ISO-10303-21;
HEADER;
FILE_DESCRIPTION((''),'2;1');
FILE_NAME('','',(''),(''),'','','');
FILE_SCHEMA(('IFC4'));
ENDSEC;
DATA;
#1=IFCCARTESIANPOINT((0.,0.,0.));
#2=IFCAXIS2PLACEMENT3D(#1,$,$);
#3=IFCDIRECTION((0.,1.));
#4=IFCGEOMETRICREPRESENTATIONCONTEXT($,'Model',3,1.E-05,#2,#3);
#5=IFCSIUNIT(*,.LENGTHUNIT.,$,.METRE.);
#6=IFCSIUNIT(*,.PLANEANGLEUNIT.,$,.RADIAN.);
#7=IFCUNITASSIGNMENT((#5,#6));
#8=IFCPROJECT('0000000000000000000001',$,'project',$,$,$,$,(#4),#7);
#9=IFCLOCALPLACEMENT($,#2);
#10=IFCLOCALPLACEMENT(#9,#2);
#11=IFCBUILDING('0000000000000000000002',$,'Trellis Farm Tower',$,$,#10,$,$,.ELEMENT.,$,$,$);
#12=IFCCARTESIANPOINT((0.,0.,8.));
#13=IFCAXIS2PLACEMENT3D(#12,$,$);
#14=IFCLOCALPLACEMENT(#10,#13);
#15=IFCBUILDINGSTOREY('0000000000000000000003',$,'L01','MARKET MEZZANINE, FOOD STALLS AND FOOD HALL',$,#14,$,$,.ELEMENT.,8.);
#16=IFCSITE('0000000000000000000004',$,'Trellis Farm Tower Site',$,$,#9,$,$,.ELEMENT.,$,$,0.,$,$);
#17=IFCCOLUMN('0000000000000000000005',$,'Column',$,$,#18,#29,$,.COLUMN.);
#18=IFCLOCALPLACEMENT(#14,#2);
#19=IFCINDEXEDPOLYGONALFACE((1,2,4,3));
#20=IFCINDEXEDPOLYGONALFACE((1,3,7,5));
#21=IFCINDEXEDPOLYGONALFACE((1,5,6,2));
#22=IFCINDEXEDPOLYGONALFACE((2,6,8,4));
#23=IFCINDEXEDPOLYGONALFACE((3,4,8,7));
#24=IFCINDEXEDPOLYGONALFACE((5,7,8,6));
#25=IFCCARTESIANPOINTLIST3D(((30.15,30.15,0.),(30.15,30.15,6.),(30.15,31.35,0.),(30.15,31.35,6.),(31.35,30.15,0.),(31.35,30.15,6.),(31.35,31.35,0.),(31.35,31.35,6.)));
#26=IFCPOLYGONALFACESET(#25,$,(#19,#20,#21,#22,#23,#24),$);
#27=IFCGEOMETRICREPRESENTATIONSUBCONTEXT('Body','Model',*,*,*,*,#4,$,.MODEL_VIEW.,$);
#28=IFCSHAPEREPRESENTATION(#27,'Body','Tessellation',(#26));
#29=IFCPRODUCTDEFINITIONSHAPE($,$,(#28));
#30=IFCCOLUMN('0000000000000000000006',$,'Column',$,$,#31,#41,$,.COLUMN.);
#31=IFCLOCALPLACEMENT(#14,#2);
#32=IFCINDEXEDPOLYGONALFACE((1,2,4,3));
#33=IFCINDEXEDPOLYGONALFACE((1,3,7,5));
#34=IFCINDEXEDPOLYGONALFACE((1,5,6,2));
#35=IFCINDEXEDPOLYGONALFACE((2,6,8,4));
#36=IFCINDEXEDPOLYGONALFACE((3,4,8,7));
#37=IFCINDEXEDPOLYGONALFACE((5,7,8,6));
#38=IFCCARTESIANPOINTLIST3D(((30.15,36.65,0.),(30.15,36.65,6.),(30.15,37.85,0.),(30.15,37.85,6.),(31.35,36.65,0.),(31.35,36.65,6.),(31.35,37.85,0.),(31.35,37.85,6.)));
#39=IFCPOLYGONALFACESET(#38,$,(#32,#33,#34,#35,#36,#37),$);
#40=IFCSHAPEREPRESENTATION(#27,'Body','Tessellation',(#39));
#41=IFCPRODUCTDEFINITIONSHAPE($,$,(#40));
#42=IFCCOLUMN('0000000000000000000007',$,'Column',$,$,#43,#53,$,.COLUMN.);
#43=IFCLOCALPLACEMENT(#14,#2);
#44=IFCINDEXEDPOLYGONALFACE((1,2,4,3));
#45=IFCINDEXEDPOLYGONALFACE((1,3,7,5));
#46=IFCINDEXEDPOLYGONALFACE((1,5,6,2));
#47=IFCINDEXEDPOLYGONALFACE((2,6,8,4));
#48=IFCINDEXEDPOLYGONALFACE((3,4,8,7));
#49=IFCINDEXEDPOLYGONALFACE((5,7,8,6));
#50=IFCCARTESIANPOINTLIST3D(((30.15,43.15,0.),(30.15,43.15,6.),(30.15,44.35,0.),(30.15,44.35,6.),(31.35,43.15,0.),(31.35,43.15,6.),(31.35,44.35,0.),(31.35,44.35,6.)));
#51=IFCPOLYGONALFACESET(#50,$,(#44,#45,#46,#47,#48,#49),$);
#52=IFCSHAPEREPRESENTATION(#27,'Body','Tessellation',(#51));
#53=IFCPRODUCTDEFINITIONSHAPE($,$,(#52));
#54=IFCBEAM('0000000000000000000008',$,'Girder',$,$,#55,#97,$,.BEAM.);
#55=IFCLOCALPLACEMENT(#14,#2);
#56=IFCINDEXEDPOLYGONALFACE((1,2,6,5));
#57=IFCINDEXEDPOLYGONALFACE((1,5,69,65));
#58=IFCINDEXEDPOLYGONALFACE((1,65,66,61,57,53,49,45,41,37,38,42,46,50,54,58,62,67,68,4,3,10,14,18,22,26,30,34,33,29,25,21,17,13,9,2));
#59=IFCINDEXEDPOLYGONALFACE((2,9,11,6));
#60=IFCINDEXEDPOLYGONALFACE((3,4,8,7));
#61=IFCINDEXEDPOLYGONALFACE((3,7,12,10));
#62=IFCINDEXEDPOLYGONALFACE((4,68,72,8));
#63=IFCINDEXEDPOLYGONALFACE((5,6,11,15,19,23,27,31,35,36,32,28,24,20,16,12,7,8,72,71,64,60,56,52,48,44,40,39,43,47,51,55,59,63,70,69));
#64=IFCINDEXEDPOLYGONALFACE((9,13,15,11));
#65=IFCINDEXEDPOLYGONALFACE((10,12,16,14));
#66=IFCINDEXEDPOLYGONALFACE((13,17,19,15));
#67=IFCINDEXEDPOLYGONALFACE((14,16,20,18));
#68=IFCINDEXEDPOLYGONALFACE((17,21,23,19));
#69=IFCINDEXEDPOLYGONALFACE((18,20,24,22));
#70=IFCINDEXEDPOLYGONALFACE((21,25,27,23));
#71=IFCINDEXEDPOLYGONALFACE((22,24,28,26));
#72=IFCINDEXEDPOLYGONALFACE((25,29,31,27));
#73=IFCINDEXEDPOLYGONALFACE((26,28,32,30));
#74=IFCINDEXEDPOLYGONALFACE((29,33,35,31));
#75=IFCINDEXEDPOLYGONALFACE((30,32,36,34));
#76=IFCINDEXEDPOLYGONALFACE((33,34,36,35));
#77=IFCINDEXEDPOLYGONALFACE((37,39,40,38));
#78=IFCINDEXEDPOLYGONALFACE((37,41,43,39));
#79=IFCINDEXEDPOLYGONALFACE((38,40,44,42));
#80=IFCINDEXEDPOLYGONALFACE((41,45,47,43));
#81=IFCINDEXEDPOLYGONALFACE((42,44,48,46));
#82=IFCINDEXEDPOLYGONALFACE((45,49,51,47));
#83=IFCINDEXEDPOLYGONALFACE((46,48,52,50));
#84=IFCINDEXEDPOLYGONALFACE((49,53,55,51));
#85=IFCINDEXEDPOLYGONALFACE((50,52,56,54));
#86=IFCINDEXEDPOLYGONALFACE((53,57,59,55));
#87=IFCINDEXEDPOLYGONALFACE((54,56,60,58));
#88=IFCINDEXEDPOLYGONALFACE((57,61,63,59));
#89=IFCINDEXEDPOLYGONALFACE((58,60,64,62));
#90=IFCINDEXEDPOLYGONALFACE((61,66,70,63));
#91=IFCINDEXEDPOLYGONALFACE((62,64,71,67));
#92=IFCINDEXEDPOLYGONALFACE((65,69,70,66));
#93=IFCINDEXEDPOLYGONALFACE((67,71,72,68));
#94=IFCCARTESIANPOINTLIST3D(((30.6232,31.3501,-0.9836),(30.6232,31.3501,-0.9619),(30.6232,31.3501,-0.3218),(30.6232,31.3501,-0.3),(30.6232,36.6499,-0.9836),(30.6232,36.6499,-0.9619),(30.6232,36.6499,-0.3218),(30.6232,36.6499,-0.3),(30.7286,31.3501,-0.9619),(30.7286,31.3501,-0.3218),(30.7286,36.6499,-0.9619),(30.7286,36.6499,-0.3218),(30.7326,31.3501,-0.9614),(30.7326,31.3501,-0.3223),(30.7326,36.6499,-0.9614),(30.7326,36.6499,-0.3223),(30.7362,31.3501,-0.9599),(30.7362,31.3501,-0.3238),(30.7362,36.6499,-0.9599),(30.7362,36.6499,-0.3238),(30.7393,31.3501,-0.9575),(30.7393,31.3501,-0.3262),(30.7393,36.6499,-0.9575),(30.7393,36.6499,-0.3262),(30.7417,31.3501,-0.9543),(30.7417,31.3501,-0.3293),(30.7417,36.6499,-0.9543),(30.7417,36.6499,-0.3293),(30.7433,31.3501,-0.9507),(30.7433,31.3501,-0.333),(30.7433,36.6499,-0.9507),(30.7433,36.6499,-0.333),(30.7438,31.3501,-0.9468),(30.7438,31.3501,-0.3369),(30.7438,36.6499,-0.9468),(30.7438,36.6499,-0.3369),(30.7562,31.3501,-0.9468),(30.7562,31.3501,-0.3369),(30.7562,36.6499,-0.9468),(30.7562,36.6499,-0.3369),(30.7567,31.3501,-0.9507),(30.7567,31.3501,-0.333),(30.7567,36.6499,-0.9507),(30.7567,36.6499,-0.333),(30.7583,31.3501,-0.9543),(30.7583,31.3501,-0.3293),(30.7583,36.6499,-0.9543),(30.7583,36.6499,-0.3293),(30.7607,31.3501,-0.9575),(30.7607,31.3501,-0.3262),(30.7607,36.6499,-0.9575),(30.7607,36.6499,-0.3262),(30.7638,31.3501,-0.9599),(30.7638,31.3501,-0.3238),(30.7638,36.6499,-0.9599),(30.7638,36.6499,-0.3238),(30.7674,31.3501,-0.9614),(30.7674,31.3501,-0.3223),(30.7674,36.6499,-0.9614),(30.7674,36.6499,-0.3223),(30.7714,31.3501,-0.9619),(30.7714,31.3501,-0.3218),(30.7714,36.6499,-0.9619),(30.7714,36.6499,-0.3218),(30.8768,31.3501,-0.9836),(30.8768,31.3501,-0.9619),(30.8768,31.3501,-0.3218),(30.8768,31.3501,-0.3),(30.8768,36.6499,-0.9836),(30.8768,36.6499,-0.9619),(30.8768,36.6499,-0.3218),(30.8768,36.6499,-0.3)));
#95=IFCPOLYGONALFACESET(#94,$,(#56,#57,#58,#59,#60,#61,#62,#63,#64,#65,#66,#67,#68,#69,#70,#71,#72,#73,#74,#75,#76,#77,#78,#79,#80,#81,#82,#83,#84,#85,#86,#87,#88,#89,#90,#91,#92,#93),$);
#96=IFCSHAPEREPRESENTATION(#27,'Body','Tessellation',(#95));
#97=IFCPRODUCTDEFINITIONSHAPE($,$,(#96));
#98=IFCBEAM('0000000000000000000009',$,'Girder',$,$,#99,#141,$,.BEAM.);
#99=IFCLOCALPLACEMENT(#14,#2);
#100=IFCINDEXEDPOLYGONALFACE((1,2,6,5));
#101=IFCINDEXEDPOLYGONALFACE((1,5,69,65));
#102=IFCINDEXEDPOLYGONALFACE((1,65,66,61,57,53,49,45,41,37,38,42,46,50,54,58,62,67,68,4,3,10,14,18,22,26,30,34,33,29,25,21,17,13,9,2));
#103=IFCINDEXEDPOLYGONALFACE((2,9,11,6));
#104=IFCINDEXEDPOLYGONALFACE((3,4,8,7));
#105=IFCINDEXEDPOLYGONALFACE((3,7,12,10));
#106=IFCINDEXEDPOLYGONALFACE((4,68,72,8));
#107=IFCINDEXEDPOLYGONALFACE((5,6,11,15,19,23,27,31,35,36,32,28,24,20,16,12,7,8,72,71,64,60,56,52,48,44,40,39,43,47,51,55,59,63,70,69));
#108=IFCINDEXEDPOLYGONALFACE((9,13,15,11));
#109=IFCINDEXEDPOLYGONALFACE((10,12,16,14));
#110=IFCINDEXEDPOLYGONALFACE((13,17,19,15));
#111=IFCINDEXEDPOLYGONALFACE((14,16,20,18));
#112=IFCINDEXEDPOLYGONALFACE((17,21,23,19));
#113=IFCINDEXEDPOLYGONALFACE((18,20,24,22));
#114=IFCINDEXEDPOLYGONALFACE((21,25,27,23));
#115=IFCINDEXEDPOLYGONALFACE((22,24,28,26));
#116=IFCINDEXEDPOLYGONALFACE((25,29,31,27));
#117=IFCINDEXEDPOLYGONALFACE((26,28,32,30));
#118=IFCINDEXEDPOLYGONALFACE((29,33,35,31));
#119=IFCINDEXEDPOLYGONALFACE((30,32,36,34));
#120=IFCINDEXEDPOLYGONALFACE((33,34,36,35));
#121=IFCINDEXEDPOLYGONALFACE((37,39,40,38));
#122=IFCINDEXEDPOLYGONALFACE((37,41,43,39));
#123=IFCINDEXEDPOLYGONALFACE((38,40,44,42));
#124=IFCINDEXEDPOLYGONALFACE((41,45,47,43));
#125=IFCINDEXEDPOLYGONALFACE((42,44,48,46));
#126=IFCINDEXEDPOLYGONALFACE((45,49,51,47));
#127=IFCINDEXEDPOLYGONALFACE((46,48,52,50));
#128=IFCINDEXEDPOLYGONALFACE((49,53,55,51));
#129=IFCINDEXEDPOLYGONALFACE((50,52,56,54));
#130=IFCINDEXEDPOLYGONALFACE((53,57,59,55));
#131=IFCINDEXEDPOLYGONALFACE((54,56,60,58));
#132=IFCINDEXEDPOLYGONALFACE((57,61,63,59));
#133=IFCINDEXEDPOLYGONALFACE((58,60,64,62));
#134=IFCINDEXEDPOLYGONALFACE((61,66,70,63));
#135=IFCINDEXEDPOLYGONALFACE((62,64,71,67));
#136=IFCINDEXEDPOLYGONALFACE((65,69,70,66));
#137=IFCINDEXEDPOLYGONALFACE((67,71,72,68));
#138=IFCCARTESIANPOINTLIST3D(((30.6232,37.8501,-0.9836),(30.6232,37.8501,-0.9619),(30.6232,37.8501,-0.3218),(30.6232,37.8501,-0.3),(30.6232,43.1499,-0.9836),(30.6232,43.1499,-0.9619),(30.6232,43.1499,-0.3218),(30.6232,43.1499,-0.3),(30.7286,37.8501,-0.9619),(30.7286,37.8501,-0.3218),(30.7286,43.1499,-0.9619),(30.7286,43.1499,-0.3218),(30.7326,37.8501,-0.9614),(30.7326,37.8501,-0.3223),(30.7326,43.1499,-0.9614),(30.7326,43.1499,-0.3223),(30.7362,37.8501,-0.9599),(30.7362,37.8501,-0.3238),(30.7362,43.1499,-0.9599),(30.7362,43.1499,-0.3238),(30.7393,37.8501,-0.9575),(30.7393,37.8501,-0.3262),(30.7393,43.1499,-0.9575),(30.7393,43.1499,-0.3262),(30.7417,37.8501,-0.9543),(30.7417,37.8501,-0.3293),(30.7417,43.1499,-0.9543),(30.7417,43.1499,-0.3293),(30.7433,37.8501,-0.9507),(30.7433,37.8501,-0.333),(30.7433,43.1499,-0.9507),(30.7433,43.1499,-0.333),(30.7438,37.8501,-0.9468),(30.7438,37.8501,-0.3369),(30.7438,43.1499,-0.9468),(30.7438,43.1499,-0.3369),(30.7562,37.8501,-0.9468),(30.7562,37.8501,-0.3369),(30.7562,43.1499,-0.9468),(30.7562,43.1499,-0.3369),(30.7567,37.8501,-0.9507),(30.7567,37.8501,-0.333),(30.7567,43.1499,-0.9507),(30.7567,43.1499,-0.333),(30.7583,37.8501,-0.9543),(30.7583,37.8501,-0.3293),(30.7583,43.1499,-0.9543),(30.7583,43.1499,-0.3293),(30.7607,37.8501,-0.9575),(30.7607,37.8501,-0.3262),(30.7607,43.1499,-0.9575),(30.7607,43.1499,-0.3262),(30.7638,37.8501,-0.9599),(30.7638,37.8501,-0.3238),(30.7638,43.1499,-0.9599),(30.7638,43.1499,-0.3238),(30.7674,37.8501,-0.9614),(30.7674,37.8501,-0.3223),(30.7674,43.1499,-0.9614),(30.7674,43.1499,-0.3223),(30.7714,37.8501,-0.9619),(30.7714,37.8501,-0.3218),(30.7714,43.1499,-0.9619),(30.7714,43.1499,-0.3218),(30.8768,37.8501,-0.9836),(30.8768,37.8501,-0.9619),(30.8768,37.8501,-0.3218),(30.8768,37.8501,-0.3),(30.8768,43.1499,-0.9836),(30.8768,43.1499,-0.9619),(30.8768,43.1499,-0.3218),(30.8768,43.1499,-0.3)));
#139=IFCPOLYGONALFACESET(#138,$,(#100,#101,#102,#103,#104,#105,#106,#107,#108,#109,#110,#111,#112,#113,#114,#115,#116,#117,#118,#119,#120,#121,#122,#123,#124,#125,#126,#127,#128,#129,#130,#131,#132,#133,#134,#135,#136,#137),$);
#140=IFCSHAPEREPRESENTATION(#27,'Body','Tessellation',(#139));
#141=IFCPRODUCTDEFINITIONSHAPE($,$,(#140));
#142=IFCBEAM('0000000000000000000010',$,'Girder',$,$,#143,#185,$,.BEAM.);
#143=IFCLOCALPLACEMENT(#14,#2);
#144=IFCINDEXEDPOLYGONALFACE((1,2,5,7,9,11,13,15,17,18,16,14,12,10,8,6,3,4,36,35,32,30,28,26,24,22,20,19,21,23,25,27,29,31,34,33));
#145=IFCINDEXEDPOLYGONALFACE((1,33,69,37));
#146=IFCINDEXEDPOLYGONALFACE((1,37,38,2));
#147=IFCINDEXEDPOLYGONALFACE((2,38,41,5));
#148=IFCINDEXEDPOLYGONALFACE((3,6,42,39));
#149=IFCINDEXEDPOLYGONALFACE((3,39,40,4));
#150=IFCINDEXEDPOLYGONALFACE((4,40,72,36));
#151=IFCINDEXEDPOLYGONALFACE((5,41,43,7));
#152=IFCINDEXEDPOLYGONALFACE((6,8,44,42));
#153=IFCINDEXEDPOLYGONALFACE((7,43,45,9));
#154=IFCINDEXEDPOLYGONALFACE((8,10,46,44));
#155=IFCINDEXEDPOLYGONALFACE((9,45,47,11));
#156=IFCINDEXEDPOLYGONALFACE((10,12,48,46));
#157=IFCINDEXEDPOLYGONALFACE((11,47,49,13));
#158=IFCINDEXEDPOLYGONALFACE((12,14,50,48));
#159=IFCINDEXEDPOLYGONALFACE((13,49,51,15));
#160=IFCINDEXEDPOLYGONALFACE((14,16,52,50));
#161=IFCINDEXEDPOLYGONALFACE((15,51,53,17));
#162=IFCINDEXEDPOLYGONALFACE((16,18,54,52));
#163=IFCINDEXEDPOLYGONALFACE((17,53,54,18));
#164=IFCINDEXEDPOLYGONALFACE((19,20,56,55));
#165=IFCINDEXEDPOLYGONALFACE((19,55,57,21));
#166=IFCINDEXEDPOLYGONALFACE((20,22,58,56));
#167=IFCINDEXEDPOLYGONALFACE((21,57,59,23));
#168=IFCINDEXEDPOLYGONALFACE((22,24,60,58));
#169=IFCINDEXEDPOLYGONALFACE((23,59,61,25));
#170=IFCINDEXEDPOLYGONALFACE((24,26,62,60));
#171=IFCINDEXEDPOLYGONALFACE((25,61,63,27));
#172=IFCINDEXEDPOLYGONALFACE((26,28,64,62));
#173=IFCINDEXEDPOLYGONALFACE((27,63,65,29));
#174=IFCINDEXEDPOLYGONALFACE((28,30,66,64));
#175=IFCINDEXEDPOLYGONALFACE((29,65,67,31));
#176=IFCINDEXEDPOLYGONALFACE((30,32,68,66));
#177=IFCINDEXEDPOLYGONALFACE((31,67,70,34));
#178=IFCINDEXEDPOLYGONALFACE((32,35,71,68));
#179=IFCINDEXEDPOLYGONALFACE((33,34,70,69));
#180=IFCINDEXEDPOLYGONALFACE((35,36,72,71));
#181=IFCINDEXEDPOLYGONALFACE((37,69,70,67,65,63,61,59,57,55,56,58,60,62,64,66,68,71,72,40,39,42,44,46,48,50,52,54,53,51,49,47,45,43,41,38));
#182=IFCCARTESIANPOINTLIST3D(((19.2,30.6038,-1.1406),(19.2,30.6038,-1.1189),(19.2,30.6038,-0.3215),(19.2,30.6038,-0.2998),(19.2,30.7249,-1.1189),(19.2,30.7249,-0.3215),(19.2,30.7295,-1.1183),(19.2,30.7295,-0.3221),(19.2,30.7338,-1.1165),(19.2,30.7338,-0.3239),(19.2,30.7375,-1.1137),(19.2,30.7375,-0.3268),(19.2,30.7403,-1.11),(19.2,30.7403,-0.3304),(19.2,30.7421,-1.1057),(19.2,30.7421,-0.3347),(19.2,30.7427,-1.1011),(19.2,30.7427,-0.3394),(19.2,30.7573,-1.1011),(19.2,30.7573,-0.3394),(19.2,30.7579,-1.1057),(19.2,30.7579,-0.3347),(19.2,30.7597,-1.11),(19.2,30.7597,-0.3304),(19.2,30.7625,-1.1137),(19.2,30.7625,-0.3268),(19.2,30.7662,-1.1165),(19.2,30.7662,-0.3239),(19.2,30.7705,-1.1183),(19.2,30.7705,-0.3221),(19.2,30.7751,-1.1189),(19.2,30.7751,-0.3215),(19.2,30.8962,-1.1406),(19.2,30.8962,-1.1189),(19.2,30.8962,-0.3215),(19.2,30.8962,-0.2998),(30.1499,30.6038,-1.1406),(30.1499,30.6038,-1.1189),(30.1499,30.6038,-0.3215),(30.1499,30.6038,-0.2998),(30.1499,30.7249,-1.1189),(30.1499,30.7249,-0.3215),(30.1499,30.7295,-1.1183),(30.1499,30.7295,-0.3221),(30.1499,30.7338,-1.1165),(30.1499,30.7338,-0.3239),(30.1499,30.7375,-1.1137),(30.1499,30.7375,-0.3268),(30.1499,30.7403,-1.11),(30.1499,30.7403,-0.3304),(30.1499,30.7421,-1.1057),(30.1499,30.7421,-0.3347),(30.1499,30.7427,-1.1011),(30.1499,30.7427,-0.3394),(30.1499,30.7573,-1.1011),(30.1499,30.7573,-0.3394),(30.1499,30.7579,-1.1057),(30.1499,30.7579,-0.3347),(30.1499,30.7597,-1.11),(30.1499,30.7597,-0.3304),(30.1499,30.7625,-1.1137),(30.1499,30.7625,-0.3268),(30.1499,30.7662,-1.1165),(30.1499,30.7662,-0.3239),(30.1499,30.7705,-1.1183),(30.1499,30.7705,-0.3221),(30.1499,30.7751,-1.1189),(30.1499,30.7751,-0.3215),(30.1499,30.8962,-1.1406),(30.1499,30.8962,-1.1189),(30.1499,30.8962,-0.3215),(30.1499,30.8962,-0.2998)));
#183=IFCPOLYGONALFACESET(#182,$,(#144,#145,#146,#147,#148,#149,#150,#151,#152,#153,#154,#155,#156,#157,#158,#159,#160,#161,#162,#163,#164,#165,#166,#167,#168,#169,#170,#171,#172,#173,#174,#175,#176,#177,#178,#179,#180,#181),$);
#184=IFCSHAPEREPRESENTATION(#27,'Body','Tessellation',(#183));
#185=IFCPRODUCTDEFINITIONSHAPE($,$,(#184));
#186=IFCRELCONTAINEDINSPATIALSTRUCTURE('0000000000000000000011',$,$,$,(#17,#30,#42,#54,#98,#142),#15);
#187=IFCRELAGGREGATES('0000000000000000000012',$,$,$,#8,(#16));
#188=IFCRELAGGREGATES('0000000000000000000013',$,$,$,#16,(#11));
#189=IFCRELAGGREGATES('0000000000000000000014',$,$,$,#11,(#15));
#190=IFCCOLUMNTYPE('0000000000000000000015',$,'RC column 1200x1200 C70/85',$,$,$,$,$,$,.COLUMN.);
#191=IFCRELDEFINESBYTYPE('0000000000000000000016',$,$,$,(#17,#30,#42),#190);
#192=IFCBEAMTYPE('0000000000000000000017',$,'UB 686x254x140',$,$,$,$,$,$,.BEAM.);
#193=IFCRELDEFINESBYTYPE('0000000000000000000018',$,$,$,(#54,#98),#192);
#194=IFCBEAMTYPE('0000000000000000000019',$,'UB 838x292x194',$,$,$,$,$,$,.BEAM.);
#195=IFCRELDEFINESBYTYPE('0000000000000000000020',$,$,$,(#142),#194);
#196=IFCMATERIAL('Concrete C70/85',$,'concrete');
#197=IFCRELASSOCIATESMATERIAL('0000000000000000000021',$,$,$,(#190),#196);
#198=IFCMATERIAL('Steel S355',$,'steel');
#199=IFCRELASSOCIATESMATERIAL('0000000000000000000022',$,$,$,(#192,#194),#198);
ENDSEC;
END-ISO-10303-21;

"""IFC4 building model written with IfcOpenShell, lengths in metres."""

from ifc_helpers import new_model, si_unit, direction, frame, origin, origin_2d, place, context, subcontext, project, spatial, rectangle, i_section, extrude, source, transform, mapped, material, material_profile, profile_set, type_object, element, save


model = new_model("IFC4")

# Units and contexts
model_context = context("Model", 3, precision=1e-05, world=origin(), true_north=direction((0.0, 1.0)))
body_context = subcontext(model_context, "Body", "Model", "MODEL_VIEW")
ifc_project = project(units=[si_unit("LENGTHUNIT", "METRE"), si_unit("PLANEANGLEUNIT", "RADIAN")], contexts=[model_context])

# Site, building, storey
site_placement = place(None, origin())
site = spatial("IfcSite", under=ifc_project, at=site_placement, Name="Trellis Farm Tower Site", CompositionType="ELEMENT", RefElevation=0.0)
building_placement = place(site_placement, origin())
building = spatial("IfcBuilding", under=site, at=building_placement, Name="Trellis Farm Tower", CompositionType="ELEMENT")
storey_placement = place(building_placement, frame((0.0, 0.0, 8.0)))
storey = spatial("IfcBuildingStorey", under=building, at=storey_placement, Name="L01", Description="MARKET MEZZANINE, FOOD STALLS AND FOOD HALL", CompositionType="ELEMENT", Elevation=8.0)

# Columns
ifc_material_1 = material(Name="Concrete C70/85", Category="concrete")
ifc_material_profile_1 = material_profile(ifc_material_1, rectangle(XDim=1.2, YDim=1.2, at=origin_2d()), Name="RC column 1200x1200 C70/85")
ifc_profile_set_1 = profile_set([ifc_material_profile_1], Name="Concrete C70/85")
column_type = type_object("IfcColumnType", Name="RC column 1200x1200 C70/85", PredefinedType="COLUMN", material=ifc_profile_set_1)
shared_shape_1 = source(origin(), body_context, "Body", "SweptSolid", [
    extrude(rectangle(XDim=1.2, YDim=1.2, at=origin_2d()), origin(), (0.0, 0.0, 1.0), 6.0),
])
for number, where, z_axis, x_axis, name in (
    (1, (30.75, 30.75, 0.0), (0.0, 0.0, 1.0), (1.0, 0.0, 0.0), "Column"),
    (2, (30.75, 37.25, 0.0), (0.0, 0.0, 1.0), (1.0, 0.0, 0.0), "Column"),
    (3, (30.75, 43.75, 0.0), (0.0, 0.0, 1.0), (1.0, 0.0, 0.0), "Column"),
):
    element("IfcColumn", number, at=place(storey_placement, frame(where, z_axis=z_axis, x_axis=x_axis)), inside=storey, type_object=column_type, Name=name, PredefinedType="COLUMN", context=body_context, shape_type="MappedRepresentation", body=[
        mapped(shared_shape_1, transform((0.0, 0.0, 0.0))),
    ])

# Beams
ifc_material_2 = material(Name="Steel S355", Category="steel")
ifc_material_profile_2 = material_profile(ifc_material_2, i_section(OverallWidth=0.2537, OverallDepth=0.6836, WebThickness=0.0125, FlangeThickness=0.0217, FilletRadius=0.0151, at=origin_2d()), Name="UB 686x254x140")
ifc_profile_set_2 = profile_set([ifc_material_profile_2], Name="Steel S355")
beam_type_1 = type_object("IfcBeamType", Name="UB 686x254x140", PredefinedType="BEAM", material=ifc_profile_set_2)
shared_shape_2 = source(origin(), body_context, "Body", "SweptSolid", [
    extrude(i_section(OverallWidth=0.2537, OverallDepth=0.6836, WebThickness=0.0125, FlangeThickness=0.0217, FilletRadius=0.0151, at=origin_2d()), origin(), (0.0, 0.0, 1.0), 5.2998),
])
for number, where, z_axis, x_axis, name in (
    (4, (30.75, 31.3501, -0.6418), (0.0, 1.0, 0.0), (-1.0, 0.0, 0.0), "Girder"),
    (5, (30.75, 37.8501, -0.6418), (0.0, 1.0, 0.0), (-1.0, 0.0, 0.0), "Girder"),
):
    element("IfcBeam", number, at=place(storey_placement, frame(where, z_axis=z_axis, x_axis=x_axis)), inside=storey, type_object=beam_type_1, Name=name, PredefinedType="BEAM", context=body_context, shape_type="MappedRepresentation", body=[
        mapped(shared_shape_2, transform((0.0, 0.0, 0.0))),
    ])
ifc_material_profile_3 = material_profile(ifc_material_2, i_section(OverallWidth=0.2925, OverallDepth=0.8408, WebThickness=0.0146, FlangeThickness=0.0217, FilletRadius=0.0178, at=origin_2d()), Name="UB 838x292x194")
ifc_profile_set_3 = profile_set([ifc_material_profile_3], Name="Steel S355")
beam_type_2 = type_object("IfcBeamType", Name="UB 838x292x194", PredefinedType="BEAM", material=ifc_profile_set_3)
shared_shape_3 = source(origin(), body_context, "Body", "SweptSolid", [
    extrude(i_section(OverallWidth=0.2925, OverallDepth=0.8408, WebThickness=0.0146, FlangeThickness=0.0217, FilletRadius=0.0178, at=origin_2d()), origin(), (0.0, 0.0, 1.0), 10.95),
])
for number, where, z_axis, x_axis, name in (
    (6, (19.2, 30.75, -0.7202), (1.0, 0.0, 0.0), (0.0, 1.0, 0.0), "Girder"),
):
    element("IfcBeam", number, at=place(storey_placement, frame(where, z_axis=z_axis, x_axis=x_axis)), inside=storey, type_object=beam_type_2, Name=name, PredefinedType="BEAM", context=body_context, shape_type="MappedRepresentation", body=[
        mapped(shared_shape_3, transform((0.0, 0.0, 0.0))),
    ])

save(model, "model.ifc")
